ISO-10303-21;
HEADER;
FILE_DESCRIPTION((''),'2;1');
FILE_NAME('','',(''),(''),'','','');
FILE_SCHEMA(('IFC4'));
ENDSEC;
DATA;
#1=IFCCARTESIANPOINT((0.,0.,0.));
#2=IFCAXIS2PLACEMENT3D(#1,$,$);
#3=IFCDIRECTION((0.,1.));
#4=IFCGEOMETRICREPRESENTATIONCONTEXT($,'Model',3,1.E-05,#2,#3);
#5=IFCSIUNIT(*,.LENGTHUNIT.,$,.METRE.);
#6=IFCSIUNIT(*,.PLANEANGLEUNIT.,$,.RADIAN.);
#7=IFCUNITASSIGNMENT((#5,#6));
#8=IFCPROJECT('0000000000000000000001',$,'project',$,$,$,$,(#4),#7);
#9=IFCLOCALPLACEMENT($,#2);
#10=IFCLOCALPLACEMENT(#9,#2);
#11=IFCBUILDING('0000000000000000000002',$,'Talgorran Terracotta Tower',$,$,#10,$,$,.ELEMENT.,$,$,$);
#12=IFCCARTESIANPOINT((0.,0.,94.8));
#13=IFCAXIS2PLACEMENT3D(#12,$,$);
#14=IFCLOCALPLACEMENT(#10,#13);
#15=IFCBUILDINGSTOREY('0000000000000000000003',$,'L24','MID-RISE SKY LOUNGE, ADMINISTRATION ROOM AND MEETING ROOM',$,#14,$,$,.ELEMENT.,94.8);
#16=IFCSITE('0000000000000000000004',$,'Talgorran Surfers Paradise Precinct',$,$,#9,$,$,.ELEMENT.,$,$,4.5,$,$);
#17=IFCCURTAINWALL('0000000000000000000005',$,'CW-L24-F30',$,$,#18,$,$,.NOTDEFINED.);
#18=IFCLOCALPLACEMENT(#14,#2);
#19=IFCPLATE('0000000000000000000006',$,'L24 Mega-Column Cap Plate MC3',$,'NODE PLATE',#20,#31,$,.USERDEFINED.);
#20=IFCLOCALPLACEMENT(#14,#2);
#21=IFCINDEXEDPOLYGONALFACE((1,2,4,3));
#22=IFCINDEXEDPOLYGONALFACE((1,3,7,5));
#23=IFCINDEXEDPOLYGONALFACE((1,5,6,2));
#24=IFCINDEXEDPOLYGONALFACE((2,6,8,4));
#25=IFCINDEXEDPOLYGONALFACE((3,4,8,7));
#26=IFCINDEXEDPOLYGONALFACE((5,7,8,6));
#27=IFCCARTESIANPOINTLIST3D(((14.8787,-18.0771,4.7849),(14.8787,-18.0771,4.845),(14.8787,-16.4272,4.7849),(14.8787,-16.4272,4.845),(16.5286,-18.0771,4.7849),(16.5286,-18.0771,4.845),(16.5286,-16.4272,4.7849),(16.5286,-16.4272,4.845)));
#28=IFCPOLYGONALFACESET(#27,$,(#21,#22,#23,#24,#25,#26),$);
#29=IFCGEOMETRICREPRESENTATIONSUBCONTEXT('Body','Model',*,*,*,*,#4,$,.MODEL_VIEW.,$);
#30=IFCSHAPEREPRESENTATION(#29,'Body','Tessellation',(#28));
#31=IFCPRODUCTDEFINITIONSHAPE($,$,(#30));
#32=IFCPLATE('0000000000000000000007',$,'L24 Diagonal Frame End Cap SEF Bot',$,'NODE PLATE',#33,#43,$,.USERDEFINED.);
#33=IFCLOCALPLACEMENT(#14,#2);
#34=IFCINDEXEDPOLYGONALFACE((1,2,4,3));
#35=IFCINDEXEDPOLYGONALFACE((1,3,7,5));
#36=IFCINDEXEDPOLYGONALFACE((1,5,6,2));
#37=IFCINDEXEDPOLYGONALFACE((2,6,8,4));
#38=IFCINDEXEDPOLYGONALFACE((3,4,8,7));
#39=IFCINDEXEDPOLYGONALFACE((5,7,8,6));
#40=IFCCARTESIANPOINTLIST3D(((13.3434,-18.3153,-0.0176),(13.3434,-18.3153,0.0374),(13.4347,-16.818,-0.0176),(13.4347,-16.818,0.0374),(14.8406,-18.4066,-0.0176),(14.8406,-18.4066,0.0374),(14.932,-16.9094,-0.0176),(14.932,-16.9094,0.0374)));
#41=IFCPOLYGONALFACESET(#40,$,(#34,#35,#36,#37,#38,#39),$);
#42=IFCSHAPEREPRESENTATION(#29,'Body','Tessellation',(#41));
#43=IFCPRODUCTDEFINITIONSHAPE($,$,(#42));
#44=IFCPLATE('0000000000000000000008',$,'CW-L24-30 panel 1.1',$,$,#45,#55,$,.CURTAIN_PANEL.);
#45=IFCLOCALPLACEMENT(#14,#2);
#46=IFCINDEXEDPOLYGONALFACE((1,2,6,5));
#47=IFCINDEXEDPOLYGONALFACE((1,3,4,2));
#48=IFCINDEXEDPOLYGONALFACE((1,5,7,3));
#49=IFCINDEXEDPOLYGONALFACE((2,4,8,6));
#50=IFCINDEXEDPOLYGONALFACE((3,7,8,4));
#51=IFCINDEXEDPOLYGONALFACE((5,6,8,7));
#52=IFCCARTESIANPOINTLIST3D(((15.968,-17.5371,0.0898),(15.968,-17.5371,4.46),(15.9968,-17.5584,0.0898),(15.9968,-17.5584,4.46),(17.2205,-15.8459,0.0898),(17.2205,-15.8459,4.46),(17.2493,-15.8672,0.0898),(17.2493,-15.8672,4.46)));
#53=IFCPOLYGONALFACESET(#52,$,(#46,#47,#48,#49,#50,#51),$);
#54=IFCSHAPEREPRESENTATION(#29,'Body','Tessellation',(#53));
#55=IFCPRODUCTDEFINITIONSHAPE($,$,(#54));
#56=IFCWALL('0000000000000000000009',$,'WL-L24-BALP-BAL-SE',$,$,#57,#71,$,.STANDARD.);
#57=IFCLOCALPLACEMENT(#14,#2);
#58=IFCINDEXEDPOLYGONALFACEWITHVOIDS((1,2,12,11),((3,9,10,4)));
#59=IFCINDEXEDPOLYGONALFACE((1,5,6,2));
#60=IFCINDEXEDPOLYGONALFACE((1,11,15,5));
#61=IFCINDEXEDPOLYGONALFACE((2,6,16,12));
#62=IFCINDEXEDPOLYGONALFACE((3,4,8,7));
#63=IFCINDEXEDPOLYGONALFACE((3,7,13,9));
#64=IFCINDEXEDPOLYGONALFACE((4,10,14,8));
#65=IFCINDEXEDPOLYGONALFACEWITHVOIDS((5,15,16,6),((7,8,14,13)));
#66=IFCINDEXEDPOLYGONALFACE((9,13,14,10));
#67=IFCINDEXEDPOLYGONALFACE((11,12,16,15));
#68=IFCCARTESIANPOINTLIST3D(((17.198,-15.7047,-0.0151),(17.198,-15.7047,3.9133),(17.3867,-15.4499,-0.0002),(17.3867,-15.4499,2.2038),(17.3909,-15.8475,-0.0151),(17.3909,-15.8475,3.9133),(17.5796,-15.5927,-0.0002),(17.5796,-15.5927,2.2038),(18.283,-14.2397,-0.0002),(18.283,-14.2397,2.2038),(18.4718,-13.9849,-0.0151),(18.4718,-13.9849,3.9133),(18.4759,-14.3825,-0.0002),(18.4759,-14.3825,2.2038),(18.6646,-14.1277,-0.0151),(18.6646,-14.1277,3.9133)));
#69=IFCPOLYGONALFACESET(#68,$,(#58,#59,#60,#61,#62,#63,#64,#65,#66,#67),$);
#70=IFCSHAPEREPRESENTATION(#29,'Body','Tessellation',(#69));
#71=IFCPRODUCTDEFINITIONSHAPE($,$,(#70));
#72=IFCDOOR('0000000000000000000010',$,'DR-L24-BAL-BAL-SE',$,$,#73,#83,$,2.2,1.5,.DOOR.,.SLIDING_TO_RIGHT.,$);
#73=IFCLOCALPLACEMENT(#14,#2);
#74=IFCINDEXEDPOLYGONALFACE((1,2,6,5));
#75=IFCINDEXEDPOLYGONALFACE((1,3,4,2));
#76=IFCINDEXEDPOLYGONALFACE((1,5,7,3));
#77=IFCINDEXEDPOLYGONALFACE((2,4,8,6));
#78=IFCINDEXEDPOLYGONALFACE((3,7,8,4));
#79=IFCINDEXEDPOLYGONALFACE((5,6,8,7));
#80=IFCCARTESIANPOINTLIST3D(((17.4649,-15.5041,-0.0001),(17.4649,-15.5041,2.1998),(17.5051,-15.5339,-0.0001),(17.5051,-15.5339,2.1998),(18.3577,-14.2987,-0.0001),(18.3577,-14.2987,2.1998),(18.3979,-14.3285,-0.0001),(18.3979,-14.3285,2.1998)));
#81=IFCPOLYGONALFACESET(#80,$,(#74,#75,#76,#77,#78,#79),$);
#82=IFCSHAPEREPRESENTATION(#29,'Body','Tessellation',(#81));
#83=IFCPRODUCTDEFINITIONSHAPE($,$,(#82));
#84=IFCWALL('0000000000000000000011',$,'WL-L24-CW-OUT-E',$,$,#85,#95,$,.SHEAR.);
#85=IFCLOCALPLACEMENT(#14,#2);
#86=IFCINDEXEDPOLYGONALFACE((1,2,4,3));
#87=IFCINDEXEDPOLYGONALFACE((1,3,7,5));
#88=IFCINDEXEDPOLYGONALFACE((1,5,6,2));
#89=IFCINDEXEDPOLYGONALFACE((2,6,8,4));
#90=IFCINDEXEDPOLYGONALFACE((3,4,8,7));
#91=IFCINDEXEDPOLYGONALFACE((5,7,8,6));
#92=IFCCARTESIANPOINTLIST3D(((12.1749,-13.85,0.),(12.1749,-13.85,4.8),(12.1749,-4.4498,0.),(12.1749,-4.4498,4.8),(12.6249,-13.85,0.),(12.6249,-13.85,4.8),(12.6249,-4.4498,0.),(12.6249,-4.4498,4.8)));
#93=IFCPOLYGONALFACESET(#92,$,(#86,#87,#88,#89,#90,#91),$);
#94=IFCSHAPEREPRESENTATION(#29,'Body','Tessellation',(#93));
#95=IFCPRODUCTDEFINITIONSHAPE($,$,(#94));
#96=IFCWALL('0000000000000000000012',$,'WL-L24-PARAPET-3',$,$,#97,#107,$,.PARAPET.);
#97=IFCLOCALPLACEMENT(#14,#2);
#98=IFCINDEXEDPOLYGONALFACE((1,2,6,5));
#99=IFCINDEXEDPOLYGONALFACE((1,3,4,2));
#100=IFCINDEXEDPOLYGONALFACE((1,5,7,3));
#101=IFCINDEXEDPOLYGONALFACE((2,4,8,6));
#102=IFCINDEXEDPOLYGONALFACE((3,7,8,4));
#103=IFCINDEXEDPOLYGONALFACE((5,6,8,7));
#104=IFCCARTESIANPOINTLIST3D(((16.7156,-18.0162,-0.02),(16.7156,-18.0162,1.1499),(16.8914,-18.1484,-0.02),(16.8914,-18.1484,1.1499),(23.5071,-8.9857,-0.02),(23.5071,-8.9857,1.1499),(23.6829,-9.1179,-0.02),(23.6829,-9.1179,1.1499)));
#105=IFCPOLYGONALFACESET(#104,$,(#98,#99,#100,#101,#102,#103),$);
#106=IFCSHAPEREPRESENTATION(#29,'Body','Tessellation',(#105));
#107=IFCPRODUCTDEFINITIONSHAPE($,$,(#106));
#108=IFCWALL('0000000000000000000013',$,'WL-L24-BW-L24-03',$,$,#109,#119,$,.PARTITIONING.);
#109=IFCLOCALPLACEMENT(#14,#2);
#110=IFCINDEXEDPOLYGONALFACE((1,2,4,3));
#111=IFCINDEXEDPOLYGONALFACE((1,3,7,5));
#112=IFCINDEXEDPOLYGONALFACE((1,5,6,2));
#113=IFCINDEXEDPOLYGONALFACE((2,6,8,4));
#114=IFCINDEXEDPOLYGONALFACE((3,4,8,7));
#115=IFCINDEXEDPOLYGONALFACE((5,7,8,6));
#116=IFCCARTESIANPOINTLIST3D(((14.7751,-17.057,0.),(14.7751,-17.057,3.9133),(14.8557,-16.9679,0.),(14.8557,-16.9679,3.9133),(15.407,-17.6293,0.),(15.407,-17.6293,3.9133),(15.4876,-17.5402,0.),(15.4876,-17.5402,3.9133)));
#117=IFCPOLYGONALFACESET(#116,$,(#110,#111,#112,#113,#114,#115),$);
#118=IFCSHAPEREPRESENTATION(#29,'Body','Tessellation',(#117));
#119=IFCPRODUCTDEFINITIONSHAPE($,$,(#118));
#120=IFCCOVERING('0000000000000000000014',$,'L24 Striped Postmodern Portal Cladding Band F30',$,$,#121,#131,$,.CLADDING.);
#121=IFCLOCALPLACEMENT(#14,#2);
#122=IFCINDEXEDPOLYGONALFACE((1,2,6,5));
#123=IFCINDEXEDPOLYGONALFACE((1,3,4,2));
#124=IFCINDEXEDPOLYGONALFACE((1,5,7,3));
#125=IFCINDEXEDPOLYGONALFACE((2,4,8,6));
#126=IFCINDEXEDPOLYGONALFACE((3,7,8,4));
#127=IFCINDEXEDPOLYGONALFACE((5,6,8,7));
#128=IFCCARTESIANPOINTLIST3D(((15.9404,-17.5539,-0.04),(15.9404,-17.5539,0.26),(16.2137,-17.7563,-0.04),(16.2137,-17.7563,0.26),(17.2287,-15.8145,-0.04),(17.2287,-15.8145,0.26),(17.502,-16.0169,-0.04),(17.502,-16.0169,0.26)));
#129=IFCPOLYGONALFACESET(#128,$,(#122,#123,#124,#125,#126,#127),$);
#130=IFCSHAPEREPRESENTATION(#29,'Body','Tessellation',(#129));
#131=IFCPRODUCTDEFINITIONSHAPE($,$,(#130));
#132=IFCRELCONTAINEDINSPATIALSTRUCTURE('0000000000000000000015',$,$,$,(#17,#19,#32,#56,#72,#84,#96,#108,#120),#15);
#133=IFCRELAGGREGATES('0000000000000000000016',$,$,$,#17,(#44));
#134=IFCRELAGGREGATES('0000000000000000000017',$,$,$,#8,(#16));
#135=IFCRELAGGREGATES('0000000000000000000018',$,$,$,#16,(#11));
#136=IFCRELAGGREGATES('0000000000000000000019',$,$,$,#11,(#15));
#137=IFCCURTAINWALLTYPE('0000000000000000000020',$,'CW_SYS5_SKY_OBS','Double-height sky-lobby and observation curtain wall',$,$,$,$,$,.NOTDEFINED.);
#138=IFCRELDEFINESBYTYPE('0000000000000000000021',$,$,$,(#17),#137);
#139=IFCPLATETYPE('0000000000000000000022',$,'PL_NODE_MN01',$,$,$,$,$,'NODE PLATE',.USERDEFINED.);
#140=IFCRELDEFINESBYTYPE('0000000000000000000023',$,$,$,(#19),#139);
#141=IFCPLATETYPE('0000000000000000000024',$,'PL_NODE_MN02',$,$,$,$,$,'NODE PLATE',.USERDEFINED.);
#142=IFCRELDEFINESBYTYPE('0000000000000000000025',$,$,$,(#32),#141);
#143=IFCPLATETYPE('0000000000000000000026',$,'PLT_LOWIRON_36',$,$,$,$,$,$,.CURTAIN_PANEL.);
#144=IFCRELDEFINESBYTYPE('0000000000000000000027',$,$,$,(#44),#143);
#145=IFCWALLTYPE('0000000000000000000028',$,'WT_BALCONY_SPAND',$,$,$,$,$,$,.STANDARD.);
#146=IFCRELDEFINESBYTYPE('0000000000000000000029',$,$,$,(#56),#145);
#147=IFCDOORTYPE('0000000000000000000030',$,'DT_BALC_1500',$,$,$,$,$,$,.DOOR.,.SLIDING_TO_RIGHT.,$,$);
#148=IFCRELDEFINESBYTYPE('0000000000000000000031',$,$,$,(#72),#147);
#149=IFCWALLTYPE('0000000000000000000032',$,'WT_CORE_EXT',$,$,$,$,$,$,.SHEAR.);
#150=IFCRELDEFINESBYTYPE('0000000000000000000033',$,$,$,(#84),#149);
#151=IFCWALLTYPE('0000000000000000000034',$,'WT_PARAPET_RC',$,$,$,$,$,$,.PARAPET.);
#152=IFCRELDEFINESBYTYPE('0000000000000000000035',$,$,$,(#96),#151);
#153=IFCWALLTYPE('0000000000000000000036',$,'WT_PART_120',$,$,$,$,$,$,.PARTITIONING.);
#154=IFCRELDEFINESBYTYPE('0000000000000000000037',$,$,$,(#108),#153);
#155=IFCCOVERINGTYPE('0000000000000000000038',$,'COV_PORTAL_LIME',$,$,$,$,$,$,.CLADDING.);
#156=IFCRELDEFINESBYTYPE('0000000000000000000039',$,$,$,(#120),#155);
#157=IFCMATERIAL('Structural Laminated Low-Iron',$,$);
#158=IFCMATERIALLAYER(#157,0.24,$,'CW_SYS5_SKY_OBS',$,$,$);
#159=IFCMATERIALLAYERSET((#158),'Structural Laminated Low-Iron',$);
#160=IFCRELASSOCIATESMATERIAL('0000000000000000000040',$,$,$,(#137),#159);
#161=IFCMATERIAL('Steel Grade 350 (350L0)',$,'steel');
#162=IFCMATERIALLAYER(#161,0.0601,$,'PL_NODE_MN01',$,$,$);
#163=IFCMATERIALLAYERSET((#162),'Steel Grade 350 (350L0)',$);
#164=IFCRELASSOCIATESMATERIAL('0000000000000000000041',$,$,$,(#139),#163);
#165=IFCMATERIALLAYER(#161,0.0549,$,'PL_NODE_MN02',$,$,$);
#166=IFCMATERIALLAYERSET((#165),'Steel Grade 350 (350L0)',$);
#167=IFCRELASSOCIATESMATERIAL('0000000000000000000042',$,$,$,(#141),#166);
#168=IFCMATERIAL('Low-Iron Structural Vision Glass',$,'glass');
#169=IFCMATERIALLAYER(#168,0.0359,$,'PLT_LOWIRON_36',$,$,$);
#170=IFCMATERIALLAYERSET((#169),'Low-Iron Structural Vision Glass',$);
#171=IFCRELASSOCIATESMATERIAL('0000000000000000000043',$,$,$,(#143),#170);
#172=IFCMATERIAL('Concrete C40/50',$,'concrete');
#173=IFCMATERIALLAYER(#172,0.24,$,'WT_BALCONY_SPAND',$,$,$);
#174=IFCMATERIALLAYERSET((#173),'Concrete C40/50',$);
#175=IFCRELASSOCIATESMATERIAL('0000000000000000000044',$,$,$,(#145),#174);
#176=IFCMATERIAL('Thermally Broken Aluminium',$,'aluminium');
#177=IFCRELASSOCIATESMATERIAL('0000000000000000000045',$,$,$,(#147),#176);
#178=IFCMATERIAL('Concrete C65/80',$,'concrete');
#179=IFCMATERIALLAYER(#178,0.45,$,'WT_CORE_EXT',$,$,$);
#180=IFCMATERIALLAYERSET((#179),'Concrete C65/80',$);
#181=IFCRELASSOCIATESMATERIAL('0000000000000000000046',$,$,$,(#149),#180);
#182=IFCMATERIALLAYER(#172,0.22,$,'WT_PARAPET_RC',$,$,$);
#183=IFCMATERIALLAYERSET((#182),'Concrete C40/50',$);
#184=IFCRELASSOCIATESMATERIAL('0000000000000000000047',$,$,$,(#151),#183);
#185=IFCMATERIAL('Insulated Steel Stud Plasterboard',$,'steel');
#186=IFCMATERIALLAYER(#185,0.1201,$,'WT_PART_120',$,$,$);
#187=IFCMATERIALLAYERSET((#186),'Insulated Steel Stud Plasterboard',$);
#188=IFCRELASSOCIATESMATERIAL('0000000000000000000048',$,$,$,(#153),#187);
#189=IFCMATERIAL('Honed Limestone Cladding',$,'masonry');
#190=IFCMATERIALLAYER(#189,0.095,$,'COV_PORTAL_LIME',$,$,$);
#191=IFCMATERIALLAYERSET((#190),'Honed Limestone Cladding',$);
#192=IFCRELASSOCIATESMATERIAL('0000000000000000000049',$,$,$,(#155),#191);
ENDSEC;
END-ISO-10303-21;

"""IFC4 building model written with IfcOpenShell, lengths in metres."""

from ifc_helpers import new_model, si_unit, direction, frame, frame_2d, origin, origin_2d, place, context, subcontext, project, spatial, rectangle, extrude, source, transform, mapped, material, layer, layer_set, type_object, type_shapes, element, fill, aggregate, save


model = new_model("IFC4")

# Units and contexts
model_context = context("Model", 3, precision=1e-05, world=origin(), true_north=direction((0.0, 1.0)))
body_context = subcontext(model_context, "Body", "Model", "MODEL_VIEW")
ifc_project = project(units=[si_unit("LENGTHUNIT", "METRE"), si_unit("PLANEANGLEUNIT", "RADIAN")], contexts=[model_context])

# Site, building, storey
site_placement = place(None, origin())
site = spatial("IfcSite", under=ifc_project, at=site_placement, Name="Talgorran Surfers Paradise Precinct", CompositionType="ELEMENT", RefElevation=4.5)
building_placement = place(site_placement, origin())
building = spatial("IfcBuilding", under=site, at=building_placement, Name="Talgorran Terracotta Tower", CompositionType="ELEMENT")
storey_placement = place(building_placement, frame((0.0, 0.0, 94.8)))
storey = spatial("IfcBuildingStorey", under=building, at=storey_placement, Name="L24", Description="MID-RISE SKY LOUNGE, ADMINISTRATION ROOM AND MEETING ROOM", CompositionType="ELEMENT", Elevation=94.8)

# Shared definitions
ifc_material_1 = material(Name="Steel Grade 350 (350L0)", Category="steel")

# Shared definitions
ifc_material_2 = material(Name="Structural Laminated Low-Iron")
ifc_layer_1 = layer(ifc_material_2, 0.24, Name="CW_SYS5_SKY_OBS")
ifc_layer_set_1 = layer_set([ifc_layer_1], Name="Structural Laminated Low-Iron")
curtain_wall_type = type_object("IfcCurtainWallType", Name="CW_SYS5_SKY_OBS", Description="Double-height sky-lobby and observation curtain wall", PredefinedType="NOTDEFINED", material=ifc_layer_set_1)

# Curtain wall
curtain_wall_1_placement = place(storey_placement, origin())
curtain_wall_1 = element("IfcCurtainWall", 1, at=curtain_wall_1_placement, inside=storey, type_object=curtain_wall_type, Name="CW-L24-F30", PredefinedType="NOTDEFINED")

# Plates
ifc_layer_2 = layer(ifc_material_1, 0.0601, Name="PL_NODE_MN01")
ifc_layer_set_2 = layer_set([ifc_layer_2], Name="Steel Grade 350 (350L0)")
plate_type_1 = type_object("IfcPlateType", Name="PL_NODE_MN01", ElementType="NODE PLATE", PredefinedType="USERDEFINED", material=ifc_layer_set_2)
plate_1_placement = place(storey_placement, frame((15.7036, -17.2522, 4.7849), z_axis=(0.0, 0.0, 1.0), x_axis=(1.0, 0.0, 0.0)))
element("IfcPlate", 2, at=plate_1_placement, inside=storey, type_object=plate_type_1, Name="L24 Mega-Column Cap Plate MC3", ObjectType="NODE PLATE", PredefinedType="USERDEFINED", context=body_context, shape_type="SweptSolid", body=[
    extrude(rectangle(XDim=1.6499, YDim=1.6499, at=origin_2d()), origin(), (0.0, 0.0, 1.0), 0.0601),
])
ifc_layer_3 = layer(ifc_material_1, 0.0549, Name="PL_NODE_MN02")
ifc_layer_set_3 = layer_set([ifc_layer_3], Name="Steel Grade 350 (350L0)")
plate_type_2 = type_object("IfcPlateType", Name="PL_NODE_MN02", ElementType="NODE PLATE", PredefinedType="USERDEFINED", material=ifc_layer_set_3)
plate_2_placement = place(storey_placement, frame((14.1377, -17.6123, -0.0176), z_axis=(0.0, 0.0, 1.0), x_axis=(-0.998145, 0.060874, 0.0)))
element("IfcPlate", 3, at=plate_2_placement, inside=storey, type_object=plate_type_2, Name="L24 Diagonal Frame End Cap SEF Bot", ObjectType="NODE PLATE", PredefinedType="USERDEFINED", context=body_context, shape_type="SweptSolid", body=[
    extrude(rectangle(XDim=1.5, YDim=1.5, at=origin_2d()), origin(), (0.0, 0.0, 1.0), 0.0549),
])

# Plate
ifc_material_3 = material(Name="Low-Iron Structural Vision Glass", Category="glass")
ifc_layer_4 = layer(ifc_material_3, 0.0359, Name="PLT_LOWIRON_36")
ifc_layer_set_4 = layer_set([ifc_layer_4], Name="Low-Iron Structural Vision Glass")
plate_type_3 = type_object("IfcPlateType", Name="PLT_LOWIRON_36", PredefinedType="CURTAIN_PANEL", material=ifc_layer_set_4)
shared_shape = source(origin(), body_context, "Body", "SweptSolid", [
    extrude(rectangle(XDim=2.1045, YDim=0.0359, at=origin_2d()), origin(), (0.0, 0.0, 1.0), 4.3701),
])
type_shapes(plate_type_3, [shared_shape])
plate_3_placement = place(storey_placement, frame((16.6086, -16.7021, 0.0898), z_axis=(0.0, 0.0, 1.0), x_axis=(0.595164, 0.803604, 0.0)))
plate_3 = element("IfcPlate", 4, at=plate_3_placement, type_object=plate_type_3, Name="CW-L24-30 panel 1.1", PredefinedType="CURTAIN_PANEL", context=body_context, shape_type="MappedRepresentation", body=[
    mapped(shared_shape, transform((0.0, 0.0, 0.0), scale=1.0)),
])
aggregate(curtain_wall_1, [plate_3])

# Wall, opening, door
ifc_material_4 = material(Name="Concrete C40/50", Category="concrete")
ifc_layer_5 = layer(ifc_material_4, 0.24, Name="WT_BALCONY_SPAND")
ifc_layer_set_5 = layer_set([ifc_layer_5], Name="Concrete C40/50")
wall_type_1 = type_object("IfcWallType", Name="WT_BALCONY_SPAND", PredefinedType="STANDARD", material=ifc_layer_set_5)
wall_1_placement = place(storey_placement, frame((17.2944, -15.7761, -0.0151), z_axis=(0.0, 0.0, 1.0), x_axis=(0.59517, 0.8036, 0.0)))
wall_1 = element("IfcWall", 5, at=wall_1_placement, inside=storey, type_object=wall_type_1, Name="WL-L24-BALP-BAL-SE", PredefinedType="STANDARD", context=body_context, shape_type="SweptSolid", body=[
    extrude(rectangle(XDim=2.1401, YDim=0.24, at=frame_2d((1.0701, 0.0))), origin(), (0.0, 0.0, 1.0), 3.9285),
])
opening_placement = place(wall_1_placement, frame((0.3201, 0.0, 0.0149)))
opening = element("IfcOpeningElement", 6, at=opening_placement, cuts=wall_1, PredefinedType="OPENING", context=body_context, shape_type="SweptSolid", body=[
    extrude(rectangle(XDim=1.506, YDim=2.204, at=frame_2d((0.75, 1.1021))), frame((0.0, 0.1299, 0.0), z_axis=(0.0, -1.0, 0.0), x_axis=(1.0, 0.0, 0.0)), (0.0, 0.0, 1.0), 0.26),
])
ifc_material_5 = material(Name="Thermally Broken Aluminium", Category="aluminium")
door_type = type_object("IfcDoorType", Name="DT_BALC_1500", OperationType="SLIDING_TO_RIGHT", PredefinedType="DOOR", material=ifc_material_5)
door_placement = place(opening_placement, origin())
door = element("IfcDoor", 7, at=door_placement, inside=storey, type_object=door_type, Name="DR-L24-BAL-BAL-SE", OperationType="SLIDING_TO_RIGHT", OverallHeight=2.2, OverallWidth=1.5, PredefinedType="DOOR", context=body_context, shape_type="SweptSolid", body=[
    extrude(rectangle(XDim=1.5, YDim=2.2, at=frame_2d((0.75, 1.1001))), frame((0.0, 0.0249, 0.0), z_axis=(0.0, -1.0, 0.0), x_axis=(1.0, 0.0, 0.0)), (0.0, 0.0, 1.0), 0.05),
])
fill(opening, door)

# Walls
ifc_material_6 = material(Name="Concrete C65/80", Category="concrete")
ifc_layer_6 = layer(ifc_material_6, 0.45, Name="WT_CORE_EXT")
ifc_layer_set_6 = layer_set([ifc_layer_6], Name="Concrete C65/80")
wall_type_2 = type_object("IfcWallType", Name="WT_CORE_EXT", PredefinedType="SHEAR", material=ifc_layer_set_6)
wall_2_placement = place(storey_placement, frame((12.3999, -13.8501, 0.0), z_axis=(0.0, 0.0, 1.0), x_axis=(0.0, 1.0, 0.0)))
element("IfcWall", 8, at=wall_2_placement, inside=storey, type_object=wall_type_2, Name="WL-L24-CW-OUT-E", PredefinedType="SHEAR", context=body_context, shape_type="SweptSolid", body=[
    extrude(rectangle(XDim=9.4001, YDim=0.45, at=frame_2d((4.7002, 0.0))), origin(), (0.0, 0.0, 1.0), 4.8),
])
ifc_layer_7 = layer(ifc_material_4, 0.22, Name="WT_PARAPET_RC")
ifc_layer_set_7 = layer_set([ifc_layer_7], Name="Concrete C40/50")
wall_type_3 = type_object("IfcWallType", Name="WT_PARAPET_RC", PredefinedType="PARAPET", material=ifc_layer_set_7)
wall_3_placement = place(storey_placement, frame((16.8035, -18.0823, -0.02), z_axis=(0.0, 0.0, 1.0), x_axis=(0.601054, 0.799209, 0.0)))
element("IfcWall", 9, at=wall_3_placement, inside=storey, type_object=wall_type_3, Name="WL-L24-PARAPET-3", PredefinedType="PARAPET", context=body_context, shape_type="SweptSolid", body=[
    extrude(rectangle(XDim=11.2993, YDim=0.22, at=frame_2d((5.6497, 0.0))), origin(), (0.0, 0.0, 1.0), 1.1699),
])
ifc_material_7 = material(Name="Insulated Steel Stud Plasterboard", Category="steel")
ifc_layer_8 = layer(ifc_material_7, 0.1201, Name="WT_PART_120")
ifc_layer_set_8 = layer_set([ifc_layer_8], Name="Insulated Steel Stud Plasterboard")
wall_type_4 = type_object("IfcWallType", Name="WT_PART_120", PredefinedType="PARTITIONING", material=ifc_layer_set_8)
wall_4_placement = place(storey_placement, frame((14.8154, -17.0125, 0.0), z_axis=(0.0, 0.0, 1.0), x_axis=(0.741183, -0.671303, 0.0)))
element("IfcWall", 10, at=wall_4_placement, inside=storey, type_object=wall_type_4, Name="WL-L24-BW-L24-03", PredefinedType="PARTITIONING", context=body_context, shape_type="SweptSolid", body=[
    extrude(rectangle(XDim=0.8525, YDim=0.1201, at=frame_2d((0.4263, 0.0))), origin(), (0.0, 0.0, 1.0), 3.9133),
])

# Covering
ifc_material_8 = material(Name="Honed Limestone Cladding", Category="masonry")
ifc_layer_9 = layer(ifc_material_8, 0.095, Name="COV_PORTAL_LIME")
ifc_layer_set_9 = layer_set([ifc_layer_9], Name="Honed Limestone Cladding")
covering_type = type_object("IfcCoveringType", Name="COV_PORTAL_LIME", PredefinedType="CLADDING", material=ifc_layer_set_9)
covering_placement = place(storey_placement, frame((16.7212, -16.7854, -0.04), z_axis=(0.0, 0.0, 1.0), x_axis=(0.595159, 0.803608, 0.0)))
element("IfcCovering", 11, at=covering_placement, inside=storey, type_object=covering_type, Name="L24 Striped Postmodern Portal Cladding Band F30", PredefinedType="CLADDING", context=body_context, shape_type="SweptSolid", body=[
    extrude(rectangle(XDim=2.1646, YDim=0.3401, at=origin_2d()), origin(), (0.0, 0.0, 1.0), 0.3),
])

save(model, "model.ifc")
